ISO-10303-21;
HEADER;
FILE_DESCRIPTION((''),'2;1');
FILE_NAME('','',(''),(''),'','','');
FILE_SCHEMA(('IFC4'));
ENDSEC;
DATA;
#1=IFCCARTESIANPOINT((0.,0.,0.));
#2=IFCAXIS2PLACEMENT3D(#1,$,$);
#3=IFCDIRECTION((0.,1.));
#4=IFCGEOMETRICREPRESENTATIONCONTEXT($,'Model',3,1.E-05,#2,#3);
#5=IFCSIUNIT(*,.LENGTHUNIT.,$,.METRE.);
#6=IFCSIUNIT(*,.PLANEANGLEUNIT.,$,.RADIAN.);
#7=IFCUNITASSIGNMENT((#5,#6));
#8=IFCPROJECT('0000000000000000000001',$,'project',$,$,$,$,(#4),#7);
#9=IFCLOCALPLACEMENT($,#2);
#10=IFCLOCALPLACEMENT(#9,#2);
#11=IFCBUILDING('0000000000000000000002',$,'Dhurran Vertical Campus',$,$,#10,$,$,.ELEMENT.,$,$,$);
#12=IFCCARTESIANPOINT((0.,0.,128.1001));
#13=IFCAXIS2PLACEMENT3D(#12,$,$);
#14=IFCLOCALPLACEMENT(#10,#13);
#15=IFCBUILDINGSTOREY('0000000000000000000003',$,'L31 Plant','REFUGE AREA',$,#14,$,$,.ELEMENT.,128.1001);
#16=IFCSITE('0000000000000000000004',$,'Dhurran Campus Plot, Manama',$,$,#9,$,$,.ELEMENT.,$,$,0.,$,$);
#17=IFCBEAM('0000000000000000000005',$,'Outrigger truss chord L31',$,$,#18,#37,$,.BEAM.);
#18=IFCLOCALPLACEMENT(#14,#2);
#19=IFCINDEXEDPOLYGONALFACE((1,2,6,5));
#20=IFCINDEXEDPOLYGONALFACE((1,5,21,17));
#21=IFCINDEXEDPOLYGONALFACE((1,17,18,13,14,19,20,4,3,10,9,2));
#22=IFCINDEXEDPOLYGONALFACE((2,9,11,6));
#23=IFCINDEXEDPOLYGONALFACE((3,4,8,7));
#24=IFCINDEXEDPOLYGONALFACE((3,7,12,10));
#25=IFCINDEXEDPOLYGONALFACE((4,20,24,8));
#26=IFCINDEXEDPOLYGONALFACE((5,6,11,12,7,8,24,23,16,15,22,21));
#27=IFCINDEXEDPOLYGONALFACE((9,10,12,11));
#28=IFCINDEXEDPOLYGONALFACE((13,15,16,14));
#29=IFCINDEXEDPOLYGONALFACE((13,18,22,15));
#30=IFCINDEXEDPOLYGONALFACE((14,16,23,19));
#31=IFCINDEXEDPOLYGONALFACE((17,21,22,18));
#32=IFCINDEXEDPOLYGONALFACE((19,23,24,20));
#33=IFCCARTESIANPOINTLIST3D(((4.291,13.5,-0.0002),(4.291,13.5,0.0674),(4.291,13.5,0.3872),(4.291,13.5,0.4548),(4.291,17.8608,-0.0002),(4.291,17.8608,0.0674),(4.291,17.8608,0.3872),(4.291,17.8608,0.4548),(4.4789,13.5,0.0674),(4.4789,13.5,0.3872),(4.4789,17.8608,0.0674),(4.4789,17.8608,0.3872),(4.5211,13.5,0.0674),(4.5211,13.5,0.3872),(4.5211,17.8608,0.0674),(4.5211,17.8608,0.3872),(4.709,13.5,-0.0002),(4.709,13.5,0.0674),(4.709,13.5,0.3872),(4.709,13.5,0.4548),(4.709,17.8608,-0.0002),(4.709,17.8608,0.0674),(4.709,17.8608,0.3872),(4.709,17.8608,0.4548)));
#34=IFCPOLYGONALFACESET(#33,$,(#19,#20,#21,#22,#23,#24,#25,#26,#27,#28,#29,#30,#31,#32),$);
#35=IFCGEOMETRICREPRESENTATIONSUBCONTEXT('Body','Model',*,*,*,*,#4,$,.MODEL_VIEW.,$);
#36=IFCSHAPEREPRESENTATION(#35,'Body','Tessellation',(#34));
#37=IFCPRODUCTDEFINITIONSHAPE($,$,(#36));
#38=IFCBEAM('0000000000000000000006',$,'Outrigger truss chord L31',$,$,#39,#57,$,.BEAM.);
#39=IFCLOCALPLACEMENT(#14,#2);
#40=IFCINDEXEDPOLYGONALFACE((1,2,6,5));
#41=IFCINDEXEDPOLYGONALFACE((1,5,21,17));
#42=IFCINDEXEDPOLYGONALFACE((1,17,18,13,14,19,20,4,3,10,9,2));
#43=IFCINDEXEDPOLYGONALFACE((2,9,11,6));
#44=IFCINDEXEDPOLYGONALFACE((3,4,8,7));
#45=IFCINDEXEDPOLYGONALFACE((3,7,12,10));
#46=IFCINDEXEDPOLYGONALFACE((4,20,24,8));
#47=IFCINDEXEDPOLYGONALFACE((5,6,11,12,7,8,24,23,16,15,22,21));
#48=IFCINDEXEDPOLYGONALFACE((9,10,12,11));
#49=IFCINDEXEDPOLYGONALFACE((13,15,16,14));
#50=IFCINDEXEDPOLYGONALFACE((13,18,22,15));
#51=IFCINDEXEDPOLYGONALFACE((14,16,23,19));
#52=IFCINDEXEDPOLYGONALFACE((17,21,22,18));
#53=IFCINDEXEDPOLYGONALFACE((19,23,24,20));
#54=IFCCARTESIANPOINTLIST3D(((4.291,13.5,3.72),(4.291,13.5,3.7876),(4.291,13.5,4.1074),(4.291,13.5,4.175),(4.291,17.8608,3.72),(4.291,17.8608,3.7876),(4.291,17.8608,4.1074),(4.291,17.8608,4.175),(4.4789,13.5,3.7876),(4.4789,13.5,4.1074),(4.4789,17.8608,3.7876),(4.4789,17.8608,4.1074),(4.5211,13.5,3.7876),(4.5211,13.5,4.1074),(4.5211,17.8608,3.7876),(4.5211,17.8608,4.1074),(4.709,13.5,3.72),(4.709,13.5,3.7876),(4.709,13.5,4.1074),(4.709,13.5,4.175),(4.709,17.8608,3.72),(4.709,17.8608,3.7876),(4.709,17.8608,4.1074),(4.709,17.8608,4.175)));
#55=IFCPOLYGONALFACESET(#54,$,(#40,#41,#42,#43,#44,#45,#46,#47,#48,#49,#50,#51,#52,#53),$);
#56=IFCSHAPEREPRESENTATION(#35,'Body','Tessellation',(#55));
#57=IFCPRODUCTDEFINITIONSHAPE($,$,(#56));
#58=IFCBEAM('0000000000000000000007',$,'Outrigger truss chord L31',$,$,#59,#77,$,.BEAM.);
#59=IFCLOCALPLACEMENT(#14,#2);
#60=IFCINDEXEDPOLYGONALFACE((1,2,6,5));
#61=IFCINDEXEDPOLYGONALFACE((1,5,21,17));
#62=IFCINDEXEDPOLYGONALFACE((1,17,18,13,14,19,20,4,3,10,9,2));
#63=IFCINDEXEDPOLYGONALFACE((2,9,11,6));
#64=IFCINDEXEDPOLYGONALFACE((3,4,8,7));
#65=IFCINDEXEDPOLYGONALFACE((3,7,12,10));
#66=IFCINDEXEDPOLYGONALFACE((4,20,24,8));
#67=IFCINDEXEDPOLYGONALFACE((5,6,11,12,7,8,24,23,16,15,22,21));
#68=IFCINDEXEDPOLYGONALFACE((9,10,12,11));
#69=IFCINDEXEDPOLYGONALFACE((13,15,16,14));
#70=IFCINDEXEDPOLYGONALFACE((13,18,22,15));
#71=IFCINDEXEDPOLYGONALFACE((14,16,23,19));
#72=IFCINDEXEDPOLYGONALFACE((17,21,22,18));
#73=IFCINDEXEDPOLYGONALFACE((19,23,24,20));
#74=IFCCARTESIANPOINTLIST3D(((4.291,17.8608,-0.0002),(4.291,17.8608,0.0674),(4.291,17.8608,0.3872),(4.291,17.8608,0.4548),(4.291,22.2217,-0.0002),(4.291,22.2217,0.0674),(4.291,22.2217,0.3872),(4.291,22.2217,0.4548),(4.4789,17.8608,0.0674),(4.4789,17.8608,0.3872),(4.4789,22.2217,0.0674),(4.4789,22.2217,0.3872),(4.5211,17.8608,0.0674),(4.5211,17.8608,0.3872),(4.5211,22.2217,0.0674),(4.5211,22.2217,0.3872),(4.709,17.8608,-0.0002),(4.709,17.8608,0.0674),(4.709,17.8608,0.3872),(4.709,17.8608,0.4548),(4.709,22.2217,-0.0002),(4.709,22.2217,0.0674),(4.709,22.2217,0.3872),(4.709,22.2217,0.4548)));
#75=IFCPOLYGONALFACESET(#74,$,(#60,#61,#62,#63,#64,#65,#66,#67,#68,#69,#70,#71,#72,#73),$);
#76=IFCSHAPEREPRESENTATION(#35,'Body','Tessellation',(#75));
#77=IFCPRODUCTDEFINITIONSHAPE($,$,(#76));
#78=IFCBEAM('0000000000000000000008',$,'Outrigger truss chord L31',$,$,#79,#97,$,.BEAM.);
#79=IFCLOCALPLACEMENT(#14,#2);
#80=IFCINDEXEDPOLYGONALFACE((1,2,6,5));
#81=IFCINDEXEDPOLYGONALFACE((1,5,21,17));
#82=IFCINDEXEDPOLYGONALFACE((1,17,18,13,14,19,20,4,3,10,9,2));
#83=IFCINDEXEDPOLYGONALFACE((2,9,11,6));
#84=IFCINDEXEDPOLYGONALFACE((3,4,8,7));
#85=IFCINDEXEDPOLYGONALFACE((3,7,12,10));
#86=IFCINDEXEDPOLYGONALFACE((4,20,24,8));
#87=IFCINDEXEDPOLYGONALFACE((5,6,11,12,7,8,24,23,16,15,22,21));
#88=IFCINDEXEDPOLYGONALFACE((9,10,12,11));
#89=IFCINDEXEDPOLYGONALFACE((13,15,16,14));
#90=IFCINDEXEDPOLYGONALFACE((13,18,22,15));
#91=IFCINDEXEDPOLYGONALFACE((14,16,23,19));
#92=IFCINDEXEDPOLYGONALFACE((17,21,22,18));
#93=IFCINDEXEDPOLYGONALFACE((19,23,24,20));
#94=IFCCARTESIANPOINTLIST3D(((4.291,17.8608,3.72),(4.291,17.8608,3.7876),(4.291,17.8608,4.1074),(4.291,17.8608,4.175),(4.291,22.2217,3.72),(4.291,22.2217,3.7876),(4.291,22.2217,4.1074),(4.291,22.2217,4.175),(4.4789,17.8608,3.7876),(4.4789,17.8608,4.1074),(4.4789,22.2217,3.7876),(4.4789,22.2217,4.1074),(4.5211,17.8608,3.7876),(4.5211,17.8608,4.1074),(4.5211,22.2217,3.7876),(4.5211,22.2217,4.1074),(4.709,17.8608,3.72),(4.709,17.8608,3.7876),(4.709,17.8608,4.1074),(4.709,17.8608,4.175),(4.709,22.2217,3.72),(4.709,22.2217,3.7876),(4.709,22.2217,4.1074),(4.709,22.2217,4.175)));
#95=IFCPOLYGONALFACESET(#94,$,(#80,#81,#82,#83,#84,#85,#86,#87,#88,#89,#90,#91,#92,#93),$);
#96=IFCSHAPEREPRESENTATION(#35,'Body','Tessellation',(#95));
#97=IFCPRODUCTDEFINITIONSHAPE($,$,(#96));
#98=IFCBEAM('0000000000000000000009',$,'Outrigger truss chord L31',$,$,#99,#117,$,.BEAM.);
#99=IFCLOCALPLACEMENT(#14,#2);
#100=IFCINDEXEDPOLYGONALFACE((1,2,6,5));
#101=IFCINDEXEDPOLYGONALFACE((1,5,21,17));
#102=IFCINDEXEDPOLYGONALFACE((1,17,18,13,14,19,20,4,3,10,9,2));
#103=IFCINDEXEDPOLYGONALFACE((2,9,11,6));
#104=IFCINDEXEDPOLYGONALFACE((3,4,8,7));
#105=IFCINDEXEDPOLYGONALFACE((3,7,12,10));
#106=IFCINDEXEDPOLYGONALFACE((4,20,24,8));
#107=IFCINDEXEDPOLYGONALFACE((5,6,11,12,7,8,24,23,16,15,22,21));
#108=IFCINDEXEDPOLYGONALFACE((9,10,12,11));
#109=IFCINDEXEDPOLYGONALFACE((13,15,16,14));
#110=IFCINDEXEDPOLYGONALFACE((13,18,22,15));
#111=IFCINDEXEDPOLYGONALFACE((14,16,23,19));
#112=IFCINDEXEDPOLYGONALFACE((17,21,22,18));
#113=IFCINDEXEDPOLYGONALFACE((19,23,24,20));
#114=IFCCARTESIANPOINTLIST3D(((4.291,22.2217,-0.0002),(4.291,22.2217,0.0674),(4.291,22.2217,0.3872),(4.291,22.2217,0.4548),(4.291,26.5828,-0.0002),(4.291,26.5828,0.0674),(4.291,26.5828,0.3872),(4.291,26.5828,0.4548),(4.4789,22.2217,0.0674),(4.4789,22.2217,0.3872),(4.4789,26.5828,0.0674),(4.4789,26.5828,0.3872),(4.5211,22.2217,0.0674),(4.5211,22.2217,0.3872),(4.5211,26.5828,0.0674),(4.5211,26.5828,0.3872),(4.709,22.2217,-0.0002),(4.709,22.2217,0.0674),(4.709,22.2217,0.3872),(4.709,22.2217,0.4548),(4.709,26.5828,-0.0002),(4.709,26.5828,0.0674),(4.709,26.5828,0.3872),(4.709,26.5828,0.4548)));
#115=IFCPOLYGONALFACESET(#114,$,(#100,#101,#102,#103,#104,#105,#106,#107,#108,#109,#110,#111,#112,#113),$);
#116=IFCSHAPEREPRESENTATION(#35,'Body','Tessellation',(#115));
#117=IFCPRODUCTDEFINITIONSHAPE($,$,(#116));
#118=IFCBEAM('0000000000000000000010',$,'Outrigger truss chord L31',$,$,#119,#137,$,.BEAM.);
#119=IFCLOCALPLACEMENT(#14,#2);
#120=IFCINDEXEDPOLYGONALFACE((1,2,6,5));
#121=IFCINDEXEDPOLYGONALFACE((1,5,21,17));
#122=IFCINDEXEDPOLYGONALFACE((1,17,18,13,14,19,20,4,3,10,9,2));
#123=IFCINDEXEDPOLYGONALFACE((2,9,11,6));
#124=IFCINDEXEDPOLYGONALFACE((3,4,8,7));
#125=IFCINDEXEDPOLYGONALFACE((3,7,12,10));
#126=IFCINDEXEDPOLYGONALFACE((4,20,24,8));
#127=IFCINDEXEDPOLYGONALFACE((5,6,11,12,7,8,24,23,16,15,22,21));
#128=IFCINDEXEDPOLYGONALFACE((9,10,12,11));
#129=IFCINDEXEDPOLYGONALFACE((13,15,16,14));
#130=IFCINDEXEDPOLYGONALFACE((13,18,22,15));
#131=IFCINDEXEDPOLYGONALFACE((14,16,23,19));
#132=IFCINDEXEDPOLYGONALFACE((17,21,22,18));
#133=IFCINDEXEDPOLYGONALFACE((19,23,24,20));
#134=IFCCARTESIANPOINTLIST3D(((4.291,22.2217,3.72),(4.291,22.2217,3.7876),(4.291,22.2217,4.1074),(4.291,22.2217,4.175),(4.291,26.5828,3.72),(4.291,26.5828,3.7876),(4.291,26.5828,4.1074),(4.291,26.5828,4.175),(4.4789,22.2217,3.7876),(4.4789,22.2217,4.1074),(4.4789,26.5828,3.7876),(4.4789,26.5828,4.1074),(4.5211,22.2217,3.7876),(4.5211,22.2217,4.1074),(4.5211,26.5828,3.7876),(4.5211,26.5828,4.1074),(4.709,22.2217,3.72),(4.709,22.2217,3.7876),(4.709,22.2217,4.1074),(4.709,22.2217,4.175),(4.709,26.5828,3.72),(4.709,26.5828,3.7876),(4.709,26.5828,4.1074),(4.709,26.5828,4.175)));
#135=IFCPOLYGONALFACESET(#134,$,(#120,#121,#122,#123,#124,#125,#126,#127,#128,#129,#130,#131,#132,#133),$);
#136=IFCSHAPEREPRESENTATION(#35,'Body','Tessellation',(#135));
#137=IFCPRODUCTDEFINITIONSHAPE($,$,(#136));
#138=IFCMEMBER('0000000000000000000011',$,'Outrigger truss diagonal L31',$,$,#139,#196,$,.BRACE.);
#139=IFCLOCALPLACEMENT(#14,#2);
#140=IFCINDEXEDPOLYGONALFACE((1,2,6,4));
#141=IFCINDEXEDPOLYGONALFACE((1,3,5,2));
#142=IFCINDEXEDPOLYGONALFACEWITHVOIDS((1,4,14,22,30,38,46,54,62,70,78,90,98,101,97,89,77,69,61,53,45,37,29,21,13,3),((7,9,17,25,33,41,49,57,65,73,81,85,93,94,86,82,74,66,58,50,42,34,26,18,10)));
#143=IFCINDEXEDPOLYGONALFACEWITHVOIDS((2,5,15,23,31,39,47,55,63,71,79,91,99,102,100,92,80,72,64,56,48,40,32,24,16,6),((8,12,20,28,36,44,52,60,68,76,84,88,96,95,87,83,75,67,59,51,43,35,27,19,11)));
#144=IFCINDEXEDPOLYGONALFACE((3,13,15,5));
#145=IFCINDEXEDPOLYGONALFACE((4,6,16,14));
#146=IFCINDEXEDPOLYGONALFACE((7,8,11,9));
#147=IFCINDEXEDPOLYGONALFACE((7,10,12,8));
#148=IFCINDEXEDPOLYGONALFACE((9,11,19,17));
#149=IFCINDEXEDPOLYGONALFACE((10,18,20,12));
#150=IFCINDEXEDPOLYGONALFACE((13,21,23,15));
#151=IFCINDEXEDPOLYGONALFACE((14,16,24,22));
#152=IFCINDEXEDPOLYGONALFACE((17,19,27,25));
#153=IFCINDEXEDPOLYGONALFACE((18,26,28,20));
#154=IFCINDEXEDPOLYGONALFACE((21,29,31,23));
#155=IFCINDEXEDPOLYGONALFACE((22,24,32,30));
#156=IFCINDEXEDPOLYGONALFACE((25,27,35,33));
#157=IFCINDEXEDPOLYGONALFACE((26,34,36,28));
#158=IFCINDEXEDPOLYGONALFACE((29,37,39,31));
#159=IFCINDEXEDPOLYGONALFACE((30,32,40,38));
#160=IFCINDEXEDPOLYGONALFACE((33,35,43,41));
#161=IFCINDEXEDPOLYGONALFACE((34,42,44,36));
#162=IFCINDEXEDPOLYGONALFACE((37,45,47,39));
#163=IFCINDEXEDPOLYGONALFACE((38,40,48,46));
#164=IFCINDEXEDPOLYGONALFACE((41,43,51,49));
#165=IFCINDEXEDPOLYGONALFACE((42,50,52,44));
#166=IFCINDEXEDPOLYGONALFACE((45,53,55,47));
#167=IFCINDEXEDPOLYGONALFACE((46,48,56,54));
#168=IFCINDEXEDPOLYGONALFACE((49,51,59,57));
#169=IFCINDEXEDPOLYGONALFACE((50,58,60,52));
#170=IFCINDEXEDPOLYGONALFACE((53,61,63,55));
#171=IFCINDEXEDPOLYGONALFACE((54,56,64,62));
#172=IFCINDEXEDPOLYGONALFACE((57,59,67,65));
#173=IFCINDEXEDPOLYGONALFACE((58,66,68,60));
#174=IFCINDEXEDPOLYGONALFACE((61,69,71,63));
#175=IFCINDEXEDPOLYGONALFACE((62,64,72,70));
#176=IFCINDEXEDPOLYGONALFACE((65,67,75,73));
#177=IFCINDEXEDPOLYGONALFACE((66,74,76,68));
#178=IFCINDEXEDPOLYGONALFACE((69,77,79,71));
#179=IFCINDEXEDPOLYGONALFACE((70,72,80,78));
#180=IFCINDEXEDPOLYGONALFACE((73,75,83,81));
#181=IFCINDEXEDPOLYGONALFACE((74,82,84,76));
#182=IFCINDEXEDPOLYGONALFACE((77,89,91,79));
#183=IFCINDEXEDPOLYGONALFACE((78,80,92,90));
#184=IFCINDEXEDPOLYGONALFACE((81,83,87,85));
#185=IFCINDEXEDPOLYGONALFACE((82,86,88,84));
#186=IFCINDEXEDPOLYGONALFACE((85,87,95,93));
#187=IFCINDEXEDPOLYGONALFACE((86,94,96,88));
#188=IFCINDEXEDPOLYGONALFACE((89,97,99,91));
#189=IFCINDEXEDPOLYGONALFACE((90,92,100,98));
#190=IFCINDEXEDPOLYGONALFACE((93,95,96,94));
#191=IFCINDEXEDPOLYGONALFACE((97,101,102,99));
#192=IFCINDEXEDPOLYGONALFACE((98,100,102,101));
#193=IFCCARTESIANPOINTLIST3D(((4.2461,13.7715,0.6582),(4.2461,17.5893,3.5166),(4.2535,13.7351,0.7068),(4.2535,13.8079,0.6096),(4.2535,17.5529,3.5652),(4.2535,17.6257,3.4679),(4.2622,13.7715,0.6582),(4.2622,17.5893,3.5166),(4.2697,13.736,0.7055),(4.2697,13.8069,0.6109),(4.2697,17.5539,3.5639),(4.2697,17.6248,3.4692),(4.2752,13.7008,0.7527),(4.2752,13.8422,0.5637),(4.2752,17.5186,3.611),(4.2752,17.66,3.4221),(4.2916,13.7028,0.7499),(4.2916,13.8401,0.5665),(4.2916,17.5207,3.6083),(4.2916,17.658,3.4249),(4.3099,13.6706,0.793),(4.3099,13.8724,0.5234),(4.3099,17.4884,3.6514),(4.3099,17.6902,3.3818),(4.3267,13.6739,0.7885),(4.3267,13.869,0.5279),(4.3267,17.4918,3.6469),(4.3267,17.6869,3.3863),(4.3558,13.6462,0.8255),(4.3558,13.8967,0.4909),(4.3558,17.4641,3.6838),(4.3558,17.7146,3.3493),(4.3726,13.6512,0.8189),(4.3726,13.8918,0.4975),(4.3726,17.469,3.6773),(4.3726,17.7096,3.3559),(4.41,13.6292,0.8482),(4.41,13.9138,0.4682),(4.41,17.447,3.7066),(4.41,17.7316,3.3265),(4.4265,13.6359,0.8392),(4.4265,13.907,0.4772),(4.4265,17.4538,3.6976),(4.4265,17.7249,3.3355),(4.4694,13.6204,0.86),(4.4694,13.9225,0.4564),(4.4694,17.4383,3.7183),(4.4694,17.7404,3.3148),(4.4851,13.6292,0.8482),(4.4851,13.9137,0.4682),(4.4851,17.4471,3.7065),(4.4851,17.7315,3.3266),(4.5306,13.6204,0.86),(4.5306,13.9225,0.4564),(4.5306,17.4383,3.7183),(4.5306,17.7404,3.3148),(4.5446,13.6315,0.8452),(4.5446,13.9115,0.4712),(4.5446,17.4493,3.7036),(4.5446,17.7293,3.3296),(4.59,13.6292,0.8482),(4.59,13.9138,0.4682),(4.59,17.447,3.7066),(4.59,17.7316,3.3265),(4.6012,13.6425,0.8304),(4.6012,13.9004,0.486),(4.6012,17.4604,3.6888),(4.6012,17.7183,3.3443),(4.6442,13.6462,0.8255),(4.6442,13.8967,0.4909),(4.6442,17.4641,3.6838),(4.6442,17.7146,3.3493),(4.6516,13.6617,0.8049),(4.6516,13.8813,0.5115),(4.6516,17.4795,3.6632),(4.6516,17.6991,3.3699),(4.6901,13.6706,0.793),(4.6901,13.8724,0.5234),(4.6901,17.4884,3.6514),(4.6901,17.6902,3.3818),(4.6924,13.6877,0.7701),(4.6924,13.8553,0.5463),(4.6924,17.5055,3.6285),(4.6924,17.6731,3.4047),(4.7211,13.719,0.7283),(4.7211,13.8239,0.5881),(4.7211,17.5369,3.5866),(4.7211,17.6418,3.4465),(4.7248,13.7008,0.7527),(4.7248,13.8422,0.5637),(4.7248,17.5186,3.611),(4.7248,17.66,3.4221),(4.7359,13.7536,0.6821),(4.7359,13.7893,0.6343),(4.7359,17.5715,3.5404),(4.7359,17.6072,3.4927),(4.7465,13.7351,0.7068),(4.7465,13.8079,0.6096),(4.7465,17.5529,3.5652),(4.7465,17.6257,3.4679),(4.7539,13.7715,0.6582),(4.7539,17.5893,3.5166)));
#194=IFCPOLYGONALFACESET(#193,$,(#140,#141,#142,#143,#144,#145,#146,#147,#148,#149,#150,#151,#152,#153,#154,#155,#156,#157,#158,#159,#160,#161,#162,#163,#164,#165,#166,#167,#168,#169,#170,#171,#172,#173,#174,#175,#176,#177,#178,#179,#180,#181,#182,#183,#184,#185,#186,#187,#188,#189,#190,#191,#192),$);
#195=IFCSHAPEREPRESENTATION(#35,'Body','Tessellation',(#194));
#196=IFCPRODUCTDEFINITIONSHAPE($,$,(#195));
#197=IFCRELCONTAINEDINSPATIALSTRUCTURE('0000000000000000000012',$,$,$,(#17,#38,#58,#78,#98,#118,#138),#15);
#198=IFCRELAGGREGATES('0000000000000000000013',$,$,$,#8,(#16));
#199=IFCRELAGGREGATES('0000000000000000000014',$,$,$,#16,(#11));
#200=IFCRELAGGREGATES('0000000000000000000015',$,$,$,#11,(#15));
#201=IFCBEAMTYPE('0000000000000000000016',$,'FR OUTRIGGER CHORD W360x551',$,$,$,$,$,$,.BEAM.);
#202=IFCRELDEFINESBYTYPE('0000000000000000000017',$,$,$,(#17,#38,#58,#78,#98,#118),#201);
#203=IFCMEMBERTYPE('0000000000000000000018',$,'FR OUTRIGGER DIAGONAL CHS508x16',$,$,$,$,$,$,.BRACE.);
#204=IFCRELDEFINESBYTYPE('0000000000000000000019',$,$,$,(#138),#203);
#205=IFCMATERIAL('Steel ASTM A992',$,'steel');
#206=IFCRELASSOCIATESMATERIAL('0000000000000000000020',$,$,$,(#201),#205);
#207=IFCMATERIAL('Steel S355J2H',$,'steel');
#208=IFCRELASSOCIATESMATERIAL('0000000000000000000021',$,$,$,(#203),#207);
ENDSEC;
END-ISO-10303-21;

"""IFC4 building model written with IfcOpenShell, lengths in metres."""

from ifc_helpers import new_model, si_unit, direction, frame, origin, origin_2d, place, context, subcontext, project, spatial, hollow_circle, i_section, extrude, material, material_profile, profile_set, type_object, element, save


model = new_model("IFC4")

# Units and contexts
model_context = context("Model", 3, precision=1e-05, world=origin(), true_north=direction((0.0, 1.0)))
body_context = subcontext(model_context, "Body", "Model", "MODEL_VIEW")
ifc_project = project(units=[si_unit("LENGTHUNIT", "METRE"), si_unit("PLANEANGLEUNIT", "RADIAN")], contexts=[model_context])

# Site, building, storey
site_placement = place(None, origin())
site = spatial("IfcSite", under=ifc_project, at=site_placement, Name="Dhurran Campus Plot, Manama", CompositionType="ELEMENT", RefElevation=0.0)
building_placement = place(site_placement, origin())
building = spatial("IfcBuilding", under=site, at=building_placement, Name="Dhurran Vertical Campus", CompositionType="ELEMENT")
storey_placement = place(building_placement, frame((0.0, 0.0, 128.1001)))
storey = spatial("IfcBuildingStorey", under=building, at=storey_placement, Name="L31 Plant", Description="REFUGE AREA", CompositionType="ELEMENT", Elevation=128.1001)

# Beams
ifc_material_1 = material(Name="Steel ASTM A992", Category="steel")
ifc_material_profile_1 = material_profile(ifc_material_1, i_section(OverallWidth=0.418, OverallDepth=0.4551, WebThickness=0.0422, FlangeThickness=0.0676, at=origin_2d()), Name="W360x551")
ifc_profile_set_1 = profile_set([ifc_material_profile_1], Name="Steel ASTM A992")
beam_type = type_object("IfcBeamType", Name="FR OUTRIGGER CHORD W360x551", PredefinedType="BEAM", material=ifc_profile_set_1)
for number, where, z_axis, x_axis, name in (
    (1, (4.5, 13.5, 0.2273), (0.0, 1.0, 0.0), (-1.0, 0.0, 0.0), "Outrigger truss chord L31"),
    (2, (4.5, 13.5, 3.9475), (0.0, 1.0, 0.0), (-1.0, 0.0, 0.0), "Outrigger truss chord L31"),
    (3, (4.5, 17.8608, 0.2273), (0.0, 1.0, 0.0), (-1.0, 0.0, 0.0), "Outrigger truss chord L31"),
    (4, (4.5, 17.8608, 3.9475), (0.0, 1.0, 0.0), (-1.0, 0.0, 0.0), "Outrigger truss chord L31"),
):
    element("IfcBeam", number, at=place(storey_placement, frame(where, z_axis=z_axis, x_axis=x_axis)), inside=storey, type_object=beam_type, Name=name, PredefinedType="BEAM", context=body_context, shape_type="SweptSolid", body=[
        extrude(i_section(OverallWidth=0.418, OverallDepth=0.4551, WebThickness=0.0422, FlangeThickness=0.0676, at=origin_2d()), origin(), (0.0, 0.0, 1.0), 4.3608),
    ])
for number, where, z_axis, x_axis, name in (
    (5, (4.5, 22.2217, 0.2273), (0.0, 1.0, 0.0), (-1.0, 0.0, 0.0), "Outrigger truss chord L31"),
    (6, (4.5, 22.2217, 3.9475), (0.0, 1.0, 0.0), (-1.0, 0.0, 0.0), "Outrigger truss chord L31"),
):
    element("IfcBeam", number, at=place(storey_placement, frame(where, z_axis=z_axis, x_axis=x_axis)), inside=storey, type_object=beam_type, Name=name, PredefinedType="BEAM", context=body_context, shape_type="SweptSolid", body=[
        extrude(i_section(OverallWidth=0.418, OverallDepth=0.4551, WebThickness=0.0422, FlangeThickness=0.0676, at=origin_2d()), origin(), (0.0, 0.0, 1.0), 4.3611),
    ])

# Member
ifc_material_2 = material(Name="Steel S355J2H", Category="steel")
ifc_material_profile_2 = material_profile(ifc_material_2, hollow_circle(Radius=0.2539, WallThickness=0.0161, at=origin_2d()), Name="CHS508x16")
ifc_profile_set_2 = profile_set([ifc_material_profile_2], Name="Steel S355J2H")
member_type_1 = type_object("IfcMemberType", Name="FR OUTRIGGER DIAGONAL CHS508x16", PredefinedType="BRACE", material=ifc_profile_set_2)
member_1_placement = place(storey_placement, frame((4.5, 13.7715, 0.6582), z_axis=(0.0, 0.800503, 0.599328), x_axis=(-1.0, 0.0, 0.0)))
element("IfcMember", 7, at=member_1_placement, inside=storey, type_object=member_type_1, Name="Outrigger truss diagonal L31", PredefinedType="BRACE", context=body_context, shape_type="SweptSolid", body=[
    extrude(hollow_circle(Radius=0.2539, WallThickness=0.0161, at=origin_2d()), origin(), (0.0, 0.0, 1.0), 4.7693),
])

save(model, "model.ifc")
